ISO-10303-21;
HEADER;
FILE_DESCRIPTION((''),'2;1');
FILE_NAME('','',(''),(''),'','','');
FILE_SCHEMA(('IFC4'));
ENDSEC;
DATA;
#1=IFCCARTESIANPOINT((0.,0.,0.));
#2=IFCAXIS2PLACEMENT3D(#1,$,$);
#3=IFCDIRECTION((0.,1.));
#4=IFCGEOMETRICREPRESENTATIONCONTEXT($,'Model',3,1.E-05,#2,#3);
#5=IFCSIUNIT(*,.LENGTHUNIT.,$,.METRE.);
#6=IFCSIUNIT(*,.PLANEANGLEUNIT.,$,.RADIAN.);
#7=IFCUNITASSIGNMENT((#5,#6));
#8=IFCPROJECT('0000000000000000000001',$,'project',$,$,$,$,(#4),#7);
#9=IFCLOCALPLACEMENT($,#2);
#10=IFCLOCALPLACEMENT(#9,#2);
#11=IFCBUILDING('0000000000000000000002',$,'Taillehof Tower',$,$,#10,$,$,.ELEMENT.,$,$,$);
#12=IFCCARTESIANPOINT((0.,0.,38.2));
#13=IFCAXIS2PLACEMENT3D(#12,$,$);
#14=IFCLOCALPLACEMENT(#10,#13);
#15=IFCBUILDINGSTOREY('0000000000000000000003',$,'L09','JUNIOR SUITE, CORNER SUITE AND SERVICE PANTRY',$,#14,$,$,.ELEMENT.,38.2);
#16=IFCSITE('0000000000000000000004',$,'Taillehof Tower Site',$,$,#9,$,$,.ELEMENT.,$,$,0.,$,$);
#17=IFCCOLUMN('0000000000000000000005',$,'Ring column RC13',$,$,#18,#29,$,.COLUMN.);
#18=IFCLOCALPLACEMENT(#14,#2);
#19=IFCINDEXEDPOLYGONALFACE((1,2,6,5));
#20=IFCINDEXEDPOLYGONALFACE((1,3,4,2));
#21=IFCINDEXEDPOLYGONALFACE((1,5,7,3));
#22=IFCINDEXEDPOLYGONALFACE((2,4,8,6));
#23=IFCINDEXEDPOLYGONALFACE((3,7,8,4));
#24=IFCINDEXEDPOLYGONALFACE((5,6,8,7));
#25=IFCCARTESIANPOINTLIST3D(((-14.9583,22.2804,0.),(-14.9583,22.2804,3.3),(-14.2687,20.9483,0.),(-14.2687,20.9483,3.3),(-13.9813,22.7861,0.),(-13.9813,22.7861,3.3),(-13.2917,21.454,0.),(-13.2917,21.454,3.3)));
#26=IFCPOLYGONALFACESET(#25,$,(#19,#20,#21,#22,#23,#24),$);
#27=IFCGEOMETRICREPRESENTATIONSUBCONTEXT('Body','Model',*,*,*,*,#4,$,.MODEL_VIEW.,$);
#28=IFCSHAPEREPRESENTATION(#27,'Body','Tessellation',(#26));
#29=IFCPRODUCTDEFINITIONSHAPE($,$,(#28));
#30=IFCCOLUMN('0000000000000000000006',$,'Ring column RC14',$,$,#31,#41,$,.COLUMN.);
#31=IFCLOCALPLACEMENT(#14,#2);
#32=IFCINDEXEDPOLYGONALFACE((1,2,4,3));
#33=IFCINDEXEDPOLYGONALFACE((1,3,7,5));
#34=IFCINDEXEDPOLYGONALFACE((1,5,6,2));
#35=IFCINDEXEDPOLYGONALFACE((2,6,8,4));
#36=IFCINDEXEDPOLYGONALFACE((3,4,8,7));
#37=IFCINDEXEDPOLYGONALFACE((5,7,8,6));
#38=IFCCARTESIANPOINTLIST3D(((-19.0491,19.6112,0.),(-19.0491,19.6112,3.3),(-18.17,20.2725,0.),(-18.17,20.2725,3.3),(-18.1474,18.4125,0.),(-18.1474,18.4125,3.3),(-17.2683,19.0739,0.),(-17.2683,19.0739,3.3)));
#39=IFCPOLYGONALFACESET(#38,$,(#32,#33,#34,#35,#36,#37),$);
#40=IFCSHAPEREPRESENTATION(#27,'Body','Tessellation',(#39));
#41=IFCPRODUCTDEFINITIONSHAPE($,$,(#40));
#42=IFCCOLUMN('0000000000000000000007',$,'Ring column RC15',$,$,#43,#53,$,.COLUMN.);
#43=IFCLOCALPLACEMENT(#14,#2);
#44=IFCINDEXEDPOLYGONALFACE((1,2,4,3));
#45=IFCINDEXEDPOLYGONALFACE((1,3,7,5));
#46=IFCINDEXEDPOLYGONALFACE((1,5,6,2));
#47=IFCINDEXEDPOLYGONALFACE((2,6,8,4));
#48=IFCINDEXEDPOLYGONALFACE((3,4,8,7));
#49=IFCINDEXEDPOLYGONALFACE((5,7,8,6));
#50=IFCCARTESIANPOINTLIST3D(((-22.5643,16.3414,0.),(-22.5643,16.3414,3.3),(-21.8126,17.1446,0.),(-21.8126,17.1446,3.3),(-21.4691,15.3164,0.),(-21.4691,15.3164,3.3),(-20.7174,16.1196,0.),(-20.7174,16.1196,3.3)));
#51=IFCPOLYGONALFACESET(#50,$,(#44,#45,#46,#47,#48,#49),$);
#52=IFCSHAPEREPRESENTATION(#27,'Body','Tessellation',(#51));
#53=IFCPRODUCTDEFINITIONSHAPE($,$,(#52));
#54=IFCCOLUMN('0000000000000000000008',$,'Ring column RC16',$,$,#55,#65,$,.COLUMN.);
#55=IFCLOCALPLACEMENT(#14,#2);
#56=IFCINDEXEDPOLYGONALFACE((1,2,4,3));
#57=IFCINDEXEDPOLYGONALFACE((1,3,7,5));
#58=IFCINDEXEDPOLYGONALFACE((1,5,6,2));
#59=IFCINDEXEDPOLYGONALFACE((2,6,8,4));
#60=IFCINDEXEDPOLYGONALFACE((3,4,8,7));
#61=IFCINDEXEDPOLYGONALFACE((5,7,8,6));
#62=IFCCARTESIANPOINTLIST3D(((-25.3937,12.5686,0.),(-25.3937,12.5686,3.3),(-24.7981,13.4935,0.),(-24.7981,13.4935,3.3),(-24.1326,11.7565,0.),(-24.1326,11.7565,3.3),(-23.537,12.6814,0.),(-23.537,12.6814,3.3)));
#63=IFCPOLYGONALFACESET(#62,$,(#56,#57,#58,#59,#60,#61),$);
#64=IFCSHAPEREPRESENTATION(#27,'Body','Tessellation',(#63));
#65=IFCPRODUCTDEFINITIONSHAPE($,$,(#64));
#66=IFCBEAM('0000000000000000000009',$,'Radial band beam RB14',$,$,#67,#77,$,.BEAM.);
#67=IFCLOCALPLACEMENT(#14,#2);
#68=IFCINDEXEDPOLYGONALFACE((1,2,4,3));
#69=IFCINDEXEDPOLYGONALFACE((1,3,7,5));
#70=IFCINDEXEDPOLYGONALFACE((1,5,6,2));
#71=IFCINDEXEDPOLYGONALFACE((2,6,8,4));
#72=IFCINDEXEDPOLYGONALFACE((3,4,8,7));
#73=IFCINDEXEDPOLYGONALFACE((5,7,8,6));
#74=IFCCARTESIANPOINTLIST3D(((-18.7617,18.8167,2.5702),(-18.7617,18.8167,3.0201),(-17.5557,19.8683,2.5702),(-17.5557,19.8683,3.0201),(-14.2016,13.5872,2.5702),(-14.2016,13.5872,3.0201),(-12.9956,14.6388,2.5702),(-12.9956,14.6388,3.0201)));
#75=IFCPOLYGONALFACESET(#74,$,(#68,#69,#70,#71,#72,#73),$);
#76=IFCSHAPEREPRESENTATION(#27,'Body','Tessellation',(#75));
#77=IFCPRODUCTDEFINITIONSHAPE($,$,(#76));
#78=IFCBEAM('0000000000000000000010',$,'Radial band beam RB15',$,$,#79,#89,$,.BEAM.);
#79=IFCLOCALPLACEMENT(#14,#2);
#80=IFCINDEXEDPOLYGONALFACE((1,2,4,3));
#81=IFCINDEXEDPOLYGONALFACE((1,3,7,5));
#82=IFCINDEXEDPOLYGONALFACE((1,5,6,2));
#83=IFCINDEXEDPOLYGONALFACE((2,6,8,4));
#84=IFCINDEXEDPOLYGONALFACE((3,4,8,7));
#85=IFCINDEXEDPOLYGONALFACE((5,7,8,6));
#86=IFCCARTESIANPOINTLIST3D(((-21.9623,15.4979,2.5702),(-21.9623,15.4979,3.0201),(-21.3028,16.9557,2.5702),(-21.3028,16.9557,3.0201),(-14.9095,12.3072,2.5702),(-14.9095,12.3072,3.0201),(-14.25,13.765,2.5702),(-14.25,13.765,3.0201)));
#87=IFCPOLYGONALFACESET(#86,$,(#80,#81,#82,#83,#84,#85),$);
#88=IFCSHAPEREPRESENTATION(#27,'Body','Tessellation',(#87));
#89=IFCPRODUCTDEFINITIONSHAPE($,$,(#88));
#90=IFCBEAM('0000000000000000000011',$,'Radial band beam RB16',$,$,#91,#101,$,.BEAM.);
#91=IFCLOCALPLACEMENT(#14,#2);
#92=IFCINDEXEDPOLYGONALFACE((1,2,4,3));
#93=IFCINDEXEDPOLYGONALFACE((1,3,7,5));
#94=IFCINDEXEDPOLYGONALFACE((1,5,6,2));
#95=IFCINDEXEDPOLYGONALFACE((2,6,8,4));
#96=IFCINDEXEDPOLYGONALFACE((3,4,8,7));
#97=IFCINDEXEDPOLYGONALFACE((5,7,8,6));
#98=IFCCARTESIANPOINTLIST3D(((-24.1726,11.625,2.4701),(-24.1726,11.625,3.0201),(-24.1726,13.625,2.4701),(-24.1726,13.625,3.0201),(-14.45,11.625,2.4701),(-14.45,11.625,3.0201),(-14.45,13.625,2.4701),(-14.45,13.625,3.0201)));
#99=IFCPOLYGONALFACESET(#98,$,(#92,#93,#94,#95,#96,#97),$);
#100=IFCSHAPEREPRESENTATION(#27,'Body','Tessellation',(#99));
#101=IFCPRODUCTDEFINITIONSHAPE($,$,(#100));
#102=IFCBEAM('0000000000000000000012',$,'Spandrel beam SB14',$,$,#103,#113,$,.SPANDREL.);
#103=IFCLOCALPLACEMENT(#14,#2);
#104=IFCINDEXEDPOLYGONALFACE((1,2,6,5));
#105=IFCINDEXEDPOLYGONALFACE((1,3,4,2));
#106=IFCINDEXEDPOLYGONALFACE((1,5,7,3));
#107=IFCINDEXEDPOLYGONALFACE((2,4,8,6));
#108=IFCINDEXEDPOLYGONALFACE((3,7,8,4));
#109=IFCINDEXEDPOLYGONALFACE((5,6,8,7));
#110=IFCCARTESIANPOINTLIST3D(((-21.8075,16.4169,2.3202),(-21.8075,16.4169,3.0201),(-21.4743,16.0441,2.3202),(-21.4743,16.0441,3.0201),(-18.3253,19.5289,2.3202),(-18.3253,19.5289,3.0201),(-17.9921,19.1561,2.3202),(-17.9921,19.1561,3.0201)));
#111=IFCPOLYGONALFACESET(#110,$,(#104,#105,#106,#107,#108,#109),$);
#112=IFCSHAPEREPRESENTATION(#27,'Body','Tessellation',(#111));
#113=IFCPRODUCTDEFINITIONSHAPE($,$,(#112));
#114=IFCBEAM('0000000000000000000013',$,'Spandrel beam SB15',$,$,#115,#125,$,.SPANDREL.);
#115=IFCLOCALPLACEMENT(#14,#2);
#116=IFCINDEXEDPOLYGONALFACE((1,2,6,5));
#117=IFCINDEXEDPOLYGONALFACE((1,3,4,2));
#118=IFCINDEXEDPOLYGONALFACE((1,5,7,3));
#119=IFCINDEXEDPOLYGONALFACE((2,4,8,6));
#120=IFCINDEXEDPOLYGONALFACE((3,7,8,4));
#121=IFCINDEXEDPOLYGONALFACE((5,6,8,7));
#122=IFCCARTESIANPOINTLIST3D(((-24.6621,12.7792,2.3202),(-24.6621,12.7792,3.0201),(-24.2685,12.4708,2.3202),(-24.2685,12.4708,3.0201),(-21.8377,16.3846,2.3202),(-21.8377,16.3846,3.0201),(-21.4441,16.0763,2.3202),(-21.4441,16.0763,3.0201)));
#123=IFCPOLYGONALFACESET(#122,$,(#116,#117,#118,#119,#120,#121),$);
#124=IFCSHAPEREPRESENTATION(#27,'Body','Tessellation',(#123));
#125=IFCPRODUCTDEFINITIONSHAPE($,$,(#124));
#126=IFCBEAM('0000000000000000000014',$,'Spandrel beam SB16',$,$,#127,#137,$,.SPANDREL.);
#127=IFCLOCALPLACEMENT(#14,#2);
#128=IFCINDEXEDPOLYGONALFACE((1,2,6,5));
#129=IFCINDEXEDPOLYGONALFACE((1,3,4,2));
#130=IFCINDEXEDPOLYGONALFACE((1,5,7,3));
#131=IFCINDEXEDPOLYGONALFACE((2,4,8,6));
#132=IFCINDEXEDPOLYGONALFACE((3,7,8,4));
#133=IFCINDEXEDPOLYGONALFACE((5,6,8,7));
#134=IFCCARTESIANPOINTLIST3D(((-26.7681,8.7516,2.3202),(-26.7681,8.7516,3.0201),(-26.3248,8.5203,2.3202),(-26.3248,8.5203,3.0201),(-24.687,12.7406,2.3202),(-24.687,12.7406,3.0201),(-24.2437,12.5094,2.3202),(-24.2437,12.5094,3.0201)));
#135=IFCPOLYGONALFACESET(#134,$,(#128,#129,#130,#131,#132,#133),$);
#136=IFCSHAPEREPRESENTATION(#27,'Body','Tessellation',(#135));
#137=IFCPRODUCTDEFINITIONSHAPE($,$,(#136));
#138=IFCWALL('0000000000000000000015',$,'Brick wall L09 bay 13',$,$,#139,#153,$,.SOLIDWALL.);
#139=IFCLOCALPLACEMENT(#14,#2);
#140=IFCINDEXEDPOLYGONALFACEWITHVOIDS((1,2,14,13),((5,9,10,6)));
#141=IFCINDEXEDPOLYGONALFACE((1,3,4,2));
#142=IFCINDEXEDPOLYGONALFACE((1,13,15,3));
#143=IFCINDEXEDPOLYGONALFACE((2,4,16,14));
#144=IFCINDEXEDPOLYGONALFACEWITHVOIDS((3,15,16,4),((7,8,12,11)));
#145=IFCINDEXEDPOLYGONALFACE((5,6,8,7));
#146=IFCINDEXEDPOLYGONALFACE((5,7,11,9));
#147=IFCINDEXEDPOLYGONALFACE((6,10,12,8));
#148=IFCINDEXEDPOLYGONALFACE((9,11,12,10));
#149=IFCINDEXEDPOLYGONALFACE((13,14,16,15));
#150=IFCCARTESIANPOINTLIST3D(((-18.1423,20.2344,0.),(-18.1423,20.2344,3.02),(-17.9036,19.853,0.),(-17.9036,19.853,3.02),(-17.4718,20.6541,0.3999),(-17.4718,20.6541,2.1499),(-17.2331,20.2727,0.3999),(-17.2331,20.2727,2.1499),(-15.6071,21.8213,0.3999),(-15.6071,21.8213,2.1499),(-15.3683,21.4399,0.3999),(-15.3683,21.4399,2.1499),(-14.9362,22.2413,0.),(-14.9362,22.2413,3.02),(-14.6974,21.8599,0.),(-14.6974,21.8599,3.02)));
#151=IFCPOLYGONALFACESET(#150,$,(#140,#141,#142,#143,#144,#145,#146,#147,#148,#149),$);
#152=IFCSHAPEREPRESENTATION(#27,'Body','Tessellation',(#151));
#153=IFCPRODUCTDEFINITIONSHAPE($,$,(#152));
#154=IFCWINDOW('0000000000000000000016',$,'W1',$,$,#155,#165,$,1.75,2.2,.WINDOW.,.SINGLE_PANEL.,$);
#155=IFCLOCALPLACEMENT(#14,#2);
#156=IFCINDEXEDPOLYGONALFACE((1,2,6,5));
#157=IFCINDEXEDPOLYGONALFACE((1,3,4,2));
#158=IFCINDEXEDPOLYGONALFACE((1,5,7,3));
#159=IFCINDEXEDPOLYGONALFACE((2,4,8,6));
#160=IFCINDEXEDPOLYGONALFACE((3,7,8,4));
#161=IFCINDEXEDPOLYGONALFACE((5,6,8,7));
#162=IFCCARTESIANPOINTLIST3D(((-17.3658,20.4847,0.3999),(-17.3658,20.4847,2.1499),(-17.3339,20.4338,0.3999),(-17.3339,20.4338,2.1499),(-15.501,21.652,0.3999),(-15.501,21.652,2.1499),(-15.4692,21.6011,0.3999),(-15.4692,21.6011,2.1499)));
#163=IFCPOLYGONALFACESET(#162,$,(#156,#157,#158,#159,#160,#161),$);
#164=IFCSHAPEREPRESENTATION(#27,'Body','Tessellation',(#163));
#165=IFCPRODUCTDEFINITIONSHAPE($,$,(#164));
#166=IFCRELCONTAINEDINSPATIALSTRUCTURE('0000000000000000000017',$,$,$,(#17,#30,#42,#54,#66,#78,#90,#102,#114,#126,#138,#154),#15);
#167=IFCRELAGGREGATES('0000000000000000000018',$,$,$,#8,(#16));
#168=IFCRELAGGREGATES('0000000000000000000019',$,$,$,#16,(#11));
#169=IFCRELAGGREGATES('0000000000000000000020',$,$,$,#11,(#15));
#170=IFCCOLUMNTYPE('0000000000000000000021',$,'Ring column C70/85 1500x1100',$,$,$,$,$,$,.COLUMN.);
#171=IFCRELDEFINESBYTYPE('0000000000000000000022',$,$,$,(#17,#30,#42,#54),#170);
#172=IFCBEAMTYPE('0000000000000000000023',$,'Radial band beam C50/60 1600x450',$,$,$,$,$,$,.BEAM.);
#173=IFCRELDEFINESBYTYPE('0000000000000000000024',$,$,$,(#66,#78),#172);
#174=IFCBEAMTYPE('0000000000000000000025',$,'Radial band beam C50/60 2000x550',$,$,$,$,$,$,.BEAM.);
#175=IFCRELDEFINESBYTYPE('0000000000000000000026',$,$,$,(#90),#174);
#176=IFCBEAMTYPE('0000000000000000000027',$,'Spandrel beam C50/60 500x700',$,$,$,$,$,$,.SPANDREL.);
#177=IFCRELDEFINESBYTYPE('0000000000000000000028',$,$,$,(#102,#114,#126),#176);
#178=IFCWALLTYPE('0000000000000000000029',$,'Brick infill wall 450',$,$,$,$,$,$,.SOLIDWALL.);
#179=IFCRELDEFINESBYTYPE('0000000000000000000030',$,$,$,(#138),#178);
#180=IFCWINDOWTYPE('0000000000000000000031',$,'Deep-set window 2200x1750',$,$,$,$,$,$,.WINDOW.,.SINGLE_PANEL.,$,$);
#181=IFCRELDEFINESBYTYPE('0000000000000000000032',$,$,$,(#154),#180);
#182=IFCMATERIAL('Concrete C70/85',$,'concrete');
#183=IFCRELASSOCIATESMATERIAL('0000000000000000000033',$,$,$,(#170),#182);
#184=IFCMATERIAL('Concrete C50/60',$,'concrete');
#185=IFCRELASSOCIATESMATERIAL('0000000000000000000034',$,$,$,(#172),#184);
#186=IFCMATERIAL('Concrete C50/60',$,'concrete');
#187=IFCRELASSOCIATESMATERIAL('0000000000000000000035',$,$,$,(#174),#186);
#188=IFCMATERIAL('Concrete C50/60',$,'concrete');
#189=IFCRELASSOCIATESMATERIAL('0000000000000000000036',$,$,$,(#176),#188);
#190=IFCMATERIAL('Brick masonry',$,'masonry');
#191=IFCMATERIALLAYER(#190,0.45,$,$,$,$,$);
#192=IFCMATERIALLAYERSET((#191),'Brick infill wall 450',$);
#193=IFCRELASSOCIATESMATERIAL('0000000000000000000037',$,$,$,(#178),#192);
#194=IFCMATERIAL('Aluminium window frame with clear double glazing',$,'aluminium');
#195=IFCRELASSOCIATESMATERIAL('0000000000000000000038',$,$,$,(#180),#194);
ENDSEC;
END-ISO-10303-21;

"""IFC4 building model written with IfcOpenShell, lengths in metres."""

from ifc_helpers import new_model, si_unit, direction, frame, frame_2d, origin, origin_2d, place, context, subcontext, project, spatial, rectangle, extrude, material, layer, layer_set, material_profile, profile_set, type_object, element, fill, save


model = new_model("IFC4")

# Units and contexts
model_context = context("Model", 3, precision=1e-05, world=origin(), true_north=direction((0.0, 1.0)))
body_context = subcontext(model_context, "Body", "Model", "MODEL_VIEW")
ifc_project = project(units=[si_unit("LENGTHUNIT", "METRE"), si_unit("PLANEANGLEUNIT", "RADIAN")], contexts=[model_context])

# Site, building, storey
site_placement = place(None, origin())
site = spatial("IfcSite", under=ifc_project, at=site_placement, Name="Taillehof Tower Site", CompositionType="ELEMENT", RefElevation=0.0)
building_placement = place(site_placement, origin())
building = spatial("IfcBuilding", under=site, at=building_placement, Name="Taillehof Tower", CompositionType="ELEMENT")
storey_placement = place(building_placement, frame((0.0, 0.0, 38.2)))
storey = spatial("IfcBuildingStorey", under=building, at=storey_placement, Name="L09", Description="JUNIOR SUITE, CORNER SUITE AND SERVICE PANTRY", CompositionType="ELEMENT", Elevation=38.2)

# Columns
ifc_material_1 = material(Name="Concrete C70/85", Category="concrete")
ifc_material_profile_1 = material_profile(ifc_material_1, rectangle(XDim=1.5, YDim=1.1001, at=origin_2d()), Name="RC 1500x1100")
ifc_profile_set_1 = profile_set([ifc_material_profile_1], Name="Concrete C70/85")
column_type = type_object("IfcColumnType", Name="Ring column C70/85 1500x1100", PredefinedType="COLUMN", material=ifc_profile_set_1)
for number, where, z_axis, x_axis, name in (
    (1, (-14.125, 21.8672, 0.0), (0.0, 0.0, 1.0), (-0.459691, 0.888079, 0.0), "Ring column RC13"),
    (2, (-18.1587, 19.3425, 0.0), (0.0, 0.0, 1.0), (-0.601174, 0.799118, 0.0), "Ring column RC14"),
    (3, (-21.6409, 16.2305, 0.0), (0.0, 0.0, 1.0), (-0.730113, 0.683326, 0.0), "Ring column RC15"),
    (4, (-24.4653, 12.625, 0.0), (0.0, 0.0, 1.0), (-0.840754, 0.541418, 0.0), "Ring column RC16"),
):
    element("IfcColumn", number, at=place(storey_placement, frame(where, z_axis=z_axis, x_axis=x_axis)), inside=storey, type_object=column_type, Name=name, PredefinedType="COLUMN", context=body_context, shape_type="SweptSolid", body=[
        extrude(rectangle(XDim=1.5, YDim=1.1001, at=origin_2d()), origin(), (0.0, 0.0, 1.0), 3.3),
    ])

# Beams
ifc_material_2 = material(Name="Concrete C50/60", Category="concrete")
ifc_material_profile_2 = material_profile(ifc_material_2, rectangle(XDim=1.6001, YDim=0.45, at=origin_2d()), Name="RC 1600x450")
ifc_profile_set_2 = profile_set([ifc_material_profile_2], Name="Concrete C50/60")
beam_type_1 = type_object("IfcBeamType", Name="Radial band beam C50/60 1600x450", PredefinedType="BEAM", material=ifc_profile_set_2)
beam_1_placement = place(storey_placement, frame((-18.1587, 19.3425, 2.7952), z_axis=(0.657218, -0.7537, 0.0), x_axis=(0.7537, 0.657218, 0.0)))
element("IfcBeam", 5, at=beam_1_placement, inside=storey, type_object=beam_type_1, Name="Radial band beam RB14", PredefinedType="BEAM", context=body_context, shape_type="SweptSolid", body=[
    extrude(rectangle(XDim=1.6001, YDim=0.45, at=origin_2d()), origin(), (0.0, 0.0, 1.0), 6.9385),
])
beam_2_placement = place(storey_placement, frame((-21.6326, 16.2268, 2.7952), z_axis=(0.911101, -0.412184, 0.0), x_axis=(0.412184, 0.911101, 0.0)))
element("IfcBeam", 6, at=beam_2_placement, inside=storey, type_object=beam_type_1, Name="Radial band beam RB15", PredefinedType="BEAM", context=body_context, shape_type="SweptSolid", body=[
    extrude(rectangle(XDim=1.6001, YDim=0.45, at=origin_2d()), origin(), (0.0, 0.0, 1.0), 7.741),
])
ifc_material_3 = material(Name="Concrete C50/60", Category="concrete")
ifc_material_profile_3 = material_profile(ifc_material_3, rectangle(XDim=2.0, YDim=0.55, at=origin_2d()), Name="RC 2000x550")
ifc_profile_set_3 = profile_set([ifc_material_profile_3], Name="Concrete C50/60")
beam_type_2 = type_object("IfcBeamType", Name="Radial band beam C50/60 2000x550", PredefinedType="BEAM", material=ifc_profile_set_3)
beam_3_placement = place(storey_placement, frame((-24.1726, 12.625, 2.7451), z_axis=(1.0, 0.0, 0.0), x_axis=(0.0, 1.0, 0.0)))
element("IfcBeam", 7, at=beam_3_placement, inside=storey, type_object=beam_type_2, Name="Radial band beam RB16", PredefinedType="BEAM", context=body_context, shape_type="SweptSolid", body=[
    extrude(rectangle(XDim=2.0, YDim=0.55, at=origin_2d()), origin(), (0.0, 0.0, 1.0), 9.7227),
])
ifc_material_4 = material(Name="Concrete C50/60", Category="concrete")
ifc_material_profile_4 = material_profile(ifc_material_4, rectangle(XDim=0.5, YDim=0.7, at=origin_2d()), Name="RC 500x700")
ifc_profile_set_4 = profile_set([ifc_material_profile_4], Name="Concrete C50/60")
beam_type_3 = type_object("IfcBeamType", Name="Spandrel beam C50/60 500x700", PredefinedType="SPANDREL", material=ifc_profile_set_4)
beam_4_placement = place(storey_placement, frame((-18.1587, 19.3425, 2.6702), z_axis=(-0.745621, -0.66637, 0.0), x_axis=(0.66637, -0.745621, 0.0)))
element("IfcBeam", 8, at=beam_4_placement, inside=storey, type_object=beam_type_3, Name="Spandrel beam SB14", PredefinedType="SPANDREL", context=body_context, shape_type="SweptSolid", body=[
    extrude(rectangle(XDim=0.5, YDim=0.7, at=origin_2d()), origin(), (0.0, 0.0, 1.0), 4.6702),
])
beam_5_placement = place(storey_placement, frame((-21.6409, 16.2305, 2.6702), z_axis=(-0.616686, -0.787209, 0.0), x_axis=(0.787209, -0.616686, 0.0)))
element("IfcBeam", 9, at=beam_5_placement, inside=storey, type_object=beam_type_3, Name="Spandrel beam SB15", PredefinedType="SPANDREL", context=body_context, shape_type="SweptSolid", body=[
    extrude(rectangle(XDim=0.5, YDim=0.7, at=origin_2d()), origin(), (0.0, 0.0, 1.0), 4.5801),
])
beam_6_placement = place(storey_placement, frame((-24.4653, 12.625, 2.6702), z_axis=(-0.462536, -0.8866, 0.0), x_axis=(0.8866, -0.462536, 0.0)))
element("IfcBeam", 10, at=beam_6_placement, inside=storey, type_object=beam_type_3, Name="Spandrel beam SB16", PredefinedType="SPANDREL", context=body_context, shape_type="SweptSolid", body=[
    extrude(rectangle(XDim=0.5, YDim=0.7, at=origin_2d()), origin(), (0.0, 0.0, 1.0), 4.4993),
])

# Wall, opening, window
ifc_material_5 = material(Name="Brick masonry", Category="masonry")
ifc_layer_1 = layer(ifc_material_5, 0.45)
ifc_layer_set_1 = layer_set([ifc_layer_1], Name="Brick infill wall 450")
wall_type_1 = type_object("IfcWallType", Name="Brick infill wall 450", PredefinedType="SOLIDWALL", material=ifc_layer_set_1)
wall_1_placement = place(storey_placement, frame((-14.8169, 22.0505, 0.0), z_axis=(0.0, 0.0, 1.0), x_axis=(-0.847635, -0.530579, 0.0)))
wall_1 = element("IfcWall", 11, at=wall_1_placement, inside=storey, type_object=wall_type_1, Name="Brick wall L09 bay 13", PredefinedType="SOLIDWALL", context=body_context, shape_type="SweptSolid", body=[
    extrude(rectangle(XDim=3.7825, YDim=0.45, at=frame_2d((1.8911, 0.0))), origin(), (0.0, 0.0, 1.0), 3.02),
])
opening_1_placement = place(wall_1_placement, frame((0.7913, 0.0, 0.3999)))
opening_1 = element("IfcOpeningElement", 12, at=opening_1_placement, cuts=wall_1, PredefinedType="OPENING", context=body_context, shape_type="SweptSolid", body=[
    extrude(rectangle(XDim=2.2, YDim=1.75, at=frame_2d((1.1001, 0.875))), frame((0.0, 0.2349, 0.0), z_axis=(0.0, -1.0, 0.0), x_axis=(1.0, 0.0, 0.0)), (0.0, 0.0, 1.0), 0.47),
])
ifc_material_6 = material(Name="Aluminium window frame with clear double glazing", Category="aluminium")
window_type_1 = type_object("IfcWindowType", Name="Deep-set window 2200x1750", PartitioningType="SINGLE_PANEL", PredefinedType="WINDOW", material=ifc_material_6)
window_1_placement = place(opening_1_placement, origin())
window_1 = element("IfcWindow", 13, at=window_1_placement, inside=storey, type_object=window_type_1, Name="W1", OverallHeight=1.75, OverallWidth=2.2, PartitioningType="SINGLE_PANEL", PredefinedType="WINDOW", context=body_context, shape_type="SweptSolid", body=[
    extrude(rectangle(XDim=2.2, YDim=1.75, at=frame_2d((1.1001, 0.875))), frame((0.0, 0.0349, 0.0), z_axis=(0.0, -1.0, 0.0), x_axis=(1.0, 0.0, 0.0)), (0.0, 0.0, 1.0), 0.0601),
])
fill(opening_1, window_1)

save(model, "model.ifc")
